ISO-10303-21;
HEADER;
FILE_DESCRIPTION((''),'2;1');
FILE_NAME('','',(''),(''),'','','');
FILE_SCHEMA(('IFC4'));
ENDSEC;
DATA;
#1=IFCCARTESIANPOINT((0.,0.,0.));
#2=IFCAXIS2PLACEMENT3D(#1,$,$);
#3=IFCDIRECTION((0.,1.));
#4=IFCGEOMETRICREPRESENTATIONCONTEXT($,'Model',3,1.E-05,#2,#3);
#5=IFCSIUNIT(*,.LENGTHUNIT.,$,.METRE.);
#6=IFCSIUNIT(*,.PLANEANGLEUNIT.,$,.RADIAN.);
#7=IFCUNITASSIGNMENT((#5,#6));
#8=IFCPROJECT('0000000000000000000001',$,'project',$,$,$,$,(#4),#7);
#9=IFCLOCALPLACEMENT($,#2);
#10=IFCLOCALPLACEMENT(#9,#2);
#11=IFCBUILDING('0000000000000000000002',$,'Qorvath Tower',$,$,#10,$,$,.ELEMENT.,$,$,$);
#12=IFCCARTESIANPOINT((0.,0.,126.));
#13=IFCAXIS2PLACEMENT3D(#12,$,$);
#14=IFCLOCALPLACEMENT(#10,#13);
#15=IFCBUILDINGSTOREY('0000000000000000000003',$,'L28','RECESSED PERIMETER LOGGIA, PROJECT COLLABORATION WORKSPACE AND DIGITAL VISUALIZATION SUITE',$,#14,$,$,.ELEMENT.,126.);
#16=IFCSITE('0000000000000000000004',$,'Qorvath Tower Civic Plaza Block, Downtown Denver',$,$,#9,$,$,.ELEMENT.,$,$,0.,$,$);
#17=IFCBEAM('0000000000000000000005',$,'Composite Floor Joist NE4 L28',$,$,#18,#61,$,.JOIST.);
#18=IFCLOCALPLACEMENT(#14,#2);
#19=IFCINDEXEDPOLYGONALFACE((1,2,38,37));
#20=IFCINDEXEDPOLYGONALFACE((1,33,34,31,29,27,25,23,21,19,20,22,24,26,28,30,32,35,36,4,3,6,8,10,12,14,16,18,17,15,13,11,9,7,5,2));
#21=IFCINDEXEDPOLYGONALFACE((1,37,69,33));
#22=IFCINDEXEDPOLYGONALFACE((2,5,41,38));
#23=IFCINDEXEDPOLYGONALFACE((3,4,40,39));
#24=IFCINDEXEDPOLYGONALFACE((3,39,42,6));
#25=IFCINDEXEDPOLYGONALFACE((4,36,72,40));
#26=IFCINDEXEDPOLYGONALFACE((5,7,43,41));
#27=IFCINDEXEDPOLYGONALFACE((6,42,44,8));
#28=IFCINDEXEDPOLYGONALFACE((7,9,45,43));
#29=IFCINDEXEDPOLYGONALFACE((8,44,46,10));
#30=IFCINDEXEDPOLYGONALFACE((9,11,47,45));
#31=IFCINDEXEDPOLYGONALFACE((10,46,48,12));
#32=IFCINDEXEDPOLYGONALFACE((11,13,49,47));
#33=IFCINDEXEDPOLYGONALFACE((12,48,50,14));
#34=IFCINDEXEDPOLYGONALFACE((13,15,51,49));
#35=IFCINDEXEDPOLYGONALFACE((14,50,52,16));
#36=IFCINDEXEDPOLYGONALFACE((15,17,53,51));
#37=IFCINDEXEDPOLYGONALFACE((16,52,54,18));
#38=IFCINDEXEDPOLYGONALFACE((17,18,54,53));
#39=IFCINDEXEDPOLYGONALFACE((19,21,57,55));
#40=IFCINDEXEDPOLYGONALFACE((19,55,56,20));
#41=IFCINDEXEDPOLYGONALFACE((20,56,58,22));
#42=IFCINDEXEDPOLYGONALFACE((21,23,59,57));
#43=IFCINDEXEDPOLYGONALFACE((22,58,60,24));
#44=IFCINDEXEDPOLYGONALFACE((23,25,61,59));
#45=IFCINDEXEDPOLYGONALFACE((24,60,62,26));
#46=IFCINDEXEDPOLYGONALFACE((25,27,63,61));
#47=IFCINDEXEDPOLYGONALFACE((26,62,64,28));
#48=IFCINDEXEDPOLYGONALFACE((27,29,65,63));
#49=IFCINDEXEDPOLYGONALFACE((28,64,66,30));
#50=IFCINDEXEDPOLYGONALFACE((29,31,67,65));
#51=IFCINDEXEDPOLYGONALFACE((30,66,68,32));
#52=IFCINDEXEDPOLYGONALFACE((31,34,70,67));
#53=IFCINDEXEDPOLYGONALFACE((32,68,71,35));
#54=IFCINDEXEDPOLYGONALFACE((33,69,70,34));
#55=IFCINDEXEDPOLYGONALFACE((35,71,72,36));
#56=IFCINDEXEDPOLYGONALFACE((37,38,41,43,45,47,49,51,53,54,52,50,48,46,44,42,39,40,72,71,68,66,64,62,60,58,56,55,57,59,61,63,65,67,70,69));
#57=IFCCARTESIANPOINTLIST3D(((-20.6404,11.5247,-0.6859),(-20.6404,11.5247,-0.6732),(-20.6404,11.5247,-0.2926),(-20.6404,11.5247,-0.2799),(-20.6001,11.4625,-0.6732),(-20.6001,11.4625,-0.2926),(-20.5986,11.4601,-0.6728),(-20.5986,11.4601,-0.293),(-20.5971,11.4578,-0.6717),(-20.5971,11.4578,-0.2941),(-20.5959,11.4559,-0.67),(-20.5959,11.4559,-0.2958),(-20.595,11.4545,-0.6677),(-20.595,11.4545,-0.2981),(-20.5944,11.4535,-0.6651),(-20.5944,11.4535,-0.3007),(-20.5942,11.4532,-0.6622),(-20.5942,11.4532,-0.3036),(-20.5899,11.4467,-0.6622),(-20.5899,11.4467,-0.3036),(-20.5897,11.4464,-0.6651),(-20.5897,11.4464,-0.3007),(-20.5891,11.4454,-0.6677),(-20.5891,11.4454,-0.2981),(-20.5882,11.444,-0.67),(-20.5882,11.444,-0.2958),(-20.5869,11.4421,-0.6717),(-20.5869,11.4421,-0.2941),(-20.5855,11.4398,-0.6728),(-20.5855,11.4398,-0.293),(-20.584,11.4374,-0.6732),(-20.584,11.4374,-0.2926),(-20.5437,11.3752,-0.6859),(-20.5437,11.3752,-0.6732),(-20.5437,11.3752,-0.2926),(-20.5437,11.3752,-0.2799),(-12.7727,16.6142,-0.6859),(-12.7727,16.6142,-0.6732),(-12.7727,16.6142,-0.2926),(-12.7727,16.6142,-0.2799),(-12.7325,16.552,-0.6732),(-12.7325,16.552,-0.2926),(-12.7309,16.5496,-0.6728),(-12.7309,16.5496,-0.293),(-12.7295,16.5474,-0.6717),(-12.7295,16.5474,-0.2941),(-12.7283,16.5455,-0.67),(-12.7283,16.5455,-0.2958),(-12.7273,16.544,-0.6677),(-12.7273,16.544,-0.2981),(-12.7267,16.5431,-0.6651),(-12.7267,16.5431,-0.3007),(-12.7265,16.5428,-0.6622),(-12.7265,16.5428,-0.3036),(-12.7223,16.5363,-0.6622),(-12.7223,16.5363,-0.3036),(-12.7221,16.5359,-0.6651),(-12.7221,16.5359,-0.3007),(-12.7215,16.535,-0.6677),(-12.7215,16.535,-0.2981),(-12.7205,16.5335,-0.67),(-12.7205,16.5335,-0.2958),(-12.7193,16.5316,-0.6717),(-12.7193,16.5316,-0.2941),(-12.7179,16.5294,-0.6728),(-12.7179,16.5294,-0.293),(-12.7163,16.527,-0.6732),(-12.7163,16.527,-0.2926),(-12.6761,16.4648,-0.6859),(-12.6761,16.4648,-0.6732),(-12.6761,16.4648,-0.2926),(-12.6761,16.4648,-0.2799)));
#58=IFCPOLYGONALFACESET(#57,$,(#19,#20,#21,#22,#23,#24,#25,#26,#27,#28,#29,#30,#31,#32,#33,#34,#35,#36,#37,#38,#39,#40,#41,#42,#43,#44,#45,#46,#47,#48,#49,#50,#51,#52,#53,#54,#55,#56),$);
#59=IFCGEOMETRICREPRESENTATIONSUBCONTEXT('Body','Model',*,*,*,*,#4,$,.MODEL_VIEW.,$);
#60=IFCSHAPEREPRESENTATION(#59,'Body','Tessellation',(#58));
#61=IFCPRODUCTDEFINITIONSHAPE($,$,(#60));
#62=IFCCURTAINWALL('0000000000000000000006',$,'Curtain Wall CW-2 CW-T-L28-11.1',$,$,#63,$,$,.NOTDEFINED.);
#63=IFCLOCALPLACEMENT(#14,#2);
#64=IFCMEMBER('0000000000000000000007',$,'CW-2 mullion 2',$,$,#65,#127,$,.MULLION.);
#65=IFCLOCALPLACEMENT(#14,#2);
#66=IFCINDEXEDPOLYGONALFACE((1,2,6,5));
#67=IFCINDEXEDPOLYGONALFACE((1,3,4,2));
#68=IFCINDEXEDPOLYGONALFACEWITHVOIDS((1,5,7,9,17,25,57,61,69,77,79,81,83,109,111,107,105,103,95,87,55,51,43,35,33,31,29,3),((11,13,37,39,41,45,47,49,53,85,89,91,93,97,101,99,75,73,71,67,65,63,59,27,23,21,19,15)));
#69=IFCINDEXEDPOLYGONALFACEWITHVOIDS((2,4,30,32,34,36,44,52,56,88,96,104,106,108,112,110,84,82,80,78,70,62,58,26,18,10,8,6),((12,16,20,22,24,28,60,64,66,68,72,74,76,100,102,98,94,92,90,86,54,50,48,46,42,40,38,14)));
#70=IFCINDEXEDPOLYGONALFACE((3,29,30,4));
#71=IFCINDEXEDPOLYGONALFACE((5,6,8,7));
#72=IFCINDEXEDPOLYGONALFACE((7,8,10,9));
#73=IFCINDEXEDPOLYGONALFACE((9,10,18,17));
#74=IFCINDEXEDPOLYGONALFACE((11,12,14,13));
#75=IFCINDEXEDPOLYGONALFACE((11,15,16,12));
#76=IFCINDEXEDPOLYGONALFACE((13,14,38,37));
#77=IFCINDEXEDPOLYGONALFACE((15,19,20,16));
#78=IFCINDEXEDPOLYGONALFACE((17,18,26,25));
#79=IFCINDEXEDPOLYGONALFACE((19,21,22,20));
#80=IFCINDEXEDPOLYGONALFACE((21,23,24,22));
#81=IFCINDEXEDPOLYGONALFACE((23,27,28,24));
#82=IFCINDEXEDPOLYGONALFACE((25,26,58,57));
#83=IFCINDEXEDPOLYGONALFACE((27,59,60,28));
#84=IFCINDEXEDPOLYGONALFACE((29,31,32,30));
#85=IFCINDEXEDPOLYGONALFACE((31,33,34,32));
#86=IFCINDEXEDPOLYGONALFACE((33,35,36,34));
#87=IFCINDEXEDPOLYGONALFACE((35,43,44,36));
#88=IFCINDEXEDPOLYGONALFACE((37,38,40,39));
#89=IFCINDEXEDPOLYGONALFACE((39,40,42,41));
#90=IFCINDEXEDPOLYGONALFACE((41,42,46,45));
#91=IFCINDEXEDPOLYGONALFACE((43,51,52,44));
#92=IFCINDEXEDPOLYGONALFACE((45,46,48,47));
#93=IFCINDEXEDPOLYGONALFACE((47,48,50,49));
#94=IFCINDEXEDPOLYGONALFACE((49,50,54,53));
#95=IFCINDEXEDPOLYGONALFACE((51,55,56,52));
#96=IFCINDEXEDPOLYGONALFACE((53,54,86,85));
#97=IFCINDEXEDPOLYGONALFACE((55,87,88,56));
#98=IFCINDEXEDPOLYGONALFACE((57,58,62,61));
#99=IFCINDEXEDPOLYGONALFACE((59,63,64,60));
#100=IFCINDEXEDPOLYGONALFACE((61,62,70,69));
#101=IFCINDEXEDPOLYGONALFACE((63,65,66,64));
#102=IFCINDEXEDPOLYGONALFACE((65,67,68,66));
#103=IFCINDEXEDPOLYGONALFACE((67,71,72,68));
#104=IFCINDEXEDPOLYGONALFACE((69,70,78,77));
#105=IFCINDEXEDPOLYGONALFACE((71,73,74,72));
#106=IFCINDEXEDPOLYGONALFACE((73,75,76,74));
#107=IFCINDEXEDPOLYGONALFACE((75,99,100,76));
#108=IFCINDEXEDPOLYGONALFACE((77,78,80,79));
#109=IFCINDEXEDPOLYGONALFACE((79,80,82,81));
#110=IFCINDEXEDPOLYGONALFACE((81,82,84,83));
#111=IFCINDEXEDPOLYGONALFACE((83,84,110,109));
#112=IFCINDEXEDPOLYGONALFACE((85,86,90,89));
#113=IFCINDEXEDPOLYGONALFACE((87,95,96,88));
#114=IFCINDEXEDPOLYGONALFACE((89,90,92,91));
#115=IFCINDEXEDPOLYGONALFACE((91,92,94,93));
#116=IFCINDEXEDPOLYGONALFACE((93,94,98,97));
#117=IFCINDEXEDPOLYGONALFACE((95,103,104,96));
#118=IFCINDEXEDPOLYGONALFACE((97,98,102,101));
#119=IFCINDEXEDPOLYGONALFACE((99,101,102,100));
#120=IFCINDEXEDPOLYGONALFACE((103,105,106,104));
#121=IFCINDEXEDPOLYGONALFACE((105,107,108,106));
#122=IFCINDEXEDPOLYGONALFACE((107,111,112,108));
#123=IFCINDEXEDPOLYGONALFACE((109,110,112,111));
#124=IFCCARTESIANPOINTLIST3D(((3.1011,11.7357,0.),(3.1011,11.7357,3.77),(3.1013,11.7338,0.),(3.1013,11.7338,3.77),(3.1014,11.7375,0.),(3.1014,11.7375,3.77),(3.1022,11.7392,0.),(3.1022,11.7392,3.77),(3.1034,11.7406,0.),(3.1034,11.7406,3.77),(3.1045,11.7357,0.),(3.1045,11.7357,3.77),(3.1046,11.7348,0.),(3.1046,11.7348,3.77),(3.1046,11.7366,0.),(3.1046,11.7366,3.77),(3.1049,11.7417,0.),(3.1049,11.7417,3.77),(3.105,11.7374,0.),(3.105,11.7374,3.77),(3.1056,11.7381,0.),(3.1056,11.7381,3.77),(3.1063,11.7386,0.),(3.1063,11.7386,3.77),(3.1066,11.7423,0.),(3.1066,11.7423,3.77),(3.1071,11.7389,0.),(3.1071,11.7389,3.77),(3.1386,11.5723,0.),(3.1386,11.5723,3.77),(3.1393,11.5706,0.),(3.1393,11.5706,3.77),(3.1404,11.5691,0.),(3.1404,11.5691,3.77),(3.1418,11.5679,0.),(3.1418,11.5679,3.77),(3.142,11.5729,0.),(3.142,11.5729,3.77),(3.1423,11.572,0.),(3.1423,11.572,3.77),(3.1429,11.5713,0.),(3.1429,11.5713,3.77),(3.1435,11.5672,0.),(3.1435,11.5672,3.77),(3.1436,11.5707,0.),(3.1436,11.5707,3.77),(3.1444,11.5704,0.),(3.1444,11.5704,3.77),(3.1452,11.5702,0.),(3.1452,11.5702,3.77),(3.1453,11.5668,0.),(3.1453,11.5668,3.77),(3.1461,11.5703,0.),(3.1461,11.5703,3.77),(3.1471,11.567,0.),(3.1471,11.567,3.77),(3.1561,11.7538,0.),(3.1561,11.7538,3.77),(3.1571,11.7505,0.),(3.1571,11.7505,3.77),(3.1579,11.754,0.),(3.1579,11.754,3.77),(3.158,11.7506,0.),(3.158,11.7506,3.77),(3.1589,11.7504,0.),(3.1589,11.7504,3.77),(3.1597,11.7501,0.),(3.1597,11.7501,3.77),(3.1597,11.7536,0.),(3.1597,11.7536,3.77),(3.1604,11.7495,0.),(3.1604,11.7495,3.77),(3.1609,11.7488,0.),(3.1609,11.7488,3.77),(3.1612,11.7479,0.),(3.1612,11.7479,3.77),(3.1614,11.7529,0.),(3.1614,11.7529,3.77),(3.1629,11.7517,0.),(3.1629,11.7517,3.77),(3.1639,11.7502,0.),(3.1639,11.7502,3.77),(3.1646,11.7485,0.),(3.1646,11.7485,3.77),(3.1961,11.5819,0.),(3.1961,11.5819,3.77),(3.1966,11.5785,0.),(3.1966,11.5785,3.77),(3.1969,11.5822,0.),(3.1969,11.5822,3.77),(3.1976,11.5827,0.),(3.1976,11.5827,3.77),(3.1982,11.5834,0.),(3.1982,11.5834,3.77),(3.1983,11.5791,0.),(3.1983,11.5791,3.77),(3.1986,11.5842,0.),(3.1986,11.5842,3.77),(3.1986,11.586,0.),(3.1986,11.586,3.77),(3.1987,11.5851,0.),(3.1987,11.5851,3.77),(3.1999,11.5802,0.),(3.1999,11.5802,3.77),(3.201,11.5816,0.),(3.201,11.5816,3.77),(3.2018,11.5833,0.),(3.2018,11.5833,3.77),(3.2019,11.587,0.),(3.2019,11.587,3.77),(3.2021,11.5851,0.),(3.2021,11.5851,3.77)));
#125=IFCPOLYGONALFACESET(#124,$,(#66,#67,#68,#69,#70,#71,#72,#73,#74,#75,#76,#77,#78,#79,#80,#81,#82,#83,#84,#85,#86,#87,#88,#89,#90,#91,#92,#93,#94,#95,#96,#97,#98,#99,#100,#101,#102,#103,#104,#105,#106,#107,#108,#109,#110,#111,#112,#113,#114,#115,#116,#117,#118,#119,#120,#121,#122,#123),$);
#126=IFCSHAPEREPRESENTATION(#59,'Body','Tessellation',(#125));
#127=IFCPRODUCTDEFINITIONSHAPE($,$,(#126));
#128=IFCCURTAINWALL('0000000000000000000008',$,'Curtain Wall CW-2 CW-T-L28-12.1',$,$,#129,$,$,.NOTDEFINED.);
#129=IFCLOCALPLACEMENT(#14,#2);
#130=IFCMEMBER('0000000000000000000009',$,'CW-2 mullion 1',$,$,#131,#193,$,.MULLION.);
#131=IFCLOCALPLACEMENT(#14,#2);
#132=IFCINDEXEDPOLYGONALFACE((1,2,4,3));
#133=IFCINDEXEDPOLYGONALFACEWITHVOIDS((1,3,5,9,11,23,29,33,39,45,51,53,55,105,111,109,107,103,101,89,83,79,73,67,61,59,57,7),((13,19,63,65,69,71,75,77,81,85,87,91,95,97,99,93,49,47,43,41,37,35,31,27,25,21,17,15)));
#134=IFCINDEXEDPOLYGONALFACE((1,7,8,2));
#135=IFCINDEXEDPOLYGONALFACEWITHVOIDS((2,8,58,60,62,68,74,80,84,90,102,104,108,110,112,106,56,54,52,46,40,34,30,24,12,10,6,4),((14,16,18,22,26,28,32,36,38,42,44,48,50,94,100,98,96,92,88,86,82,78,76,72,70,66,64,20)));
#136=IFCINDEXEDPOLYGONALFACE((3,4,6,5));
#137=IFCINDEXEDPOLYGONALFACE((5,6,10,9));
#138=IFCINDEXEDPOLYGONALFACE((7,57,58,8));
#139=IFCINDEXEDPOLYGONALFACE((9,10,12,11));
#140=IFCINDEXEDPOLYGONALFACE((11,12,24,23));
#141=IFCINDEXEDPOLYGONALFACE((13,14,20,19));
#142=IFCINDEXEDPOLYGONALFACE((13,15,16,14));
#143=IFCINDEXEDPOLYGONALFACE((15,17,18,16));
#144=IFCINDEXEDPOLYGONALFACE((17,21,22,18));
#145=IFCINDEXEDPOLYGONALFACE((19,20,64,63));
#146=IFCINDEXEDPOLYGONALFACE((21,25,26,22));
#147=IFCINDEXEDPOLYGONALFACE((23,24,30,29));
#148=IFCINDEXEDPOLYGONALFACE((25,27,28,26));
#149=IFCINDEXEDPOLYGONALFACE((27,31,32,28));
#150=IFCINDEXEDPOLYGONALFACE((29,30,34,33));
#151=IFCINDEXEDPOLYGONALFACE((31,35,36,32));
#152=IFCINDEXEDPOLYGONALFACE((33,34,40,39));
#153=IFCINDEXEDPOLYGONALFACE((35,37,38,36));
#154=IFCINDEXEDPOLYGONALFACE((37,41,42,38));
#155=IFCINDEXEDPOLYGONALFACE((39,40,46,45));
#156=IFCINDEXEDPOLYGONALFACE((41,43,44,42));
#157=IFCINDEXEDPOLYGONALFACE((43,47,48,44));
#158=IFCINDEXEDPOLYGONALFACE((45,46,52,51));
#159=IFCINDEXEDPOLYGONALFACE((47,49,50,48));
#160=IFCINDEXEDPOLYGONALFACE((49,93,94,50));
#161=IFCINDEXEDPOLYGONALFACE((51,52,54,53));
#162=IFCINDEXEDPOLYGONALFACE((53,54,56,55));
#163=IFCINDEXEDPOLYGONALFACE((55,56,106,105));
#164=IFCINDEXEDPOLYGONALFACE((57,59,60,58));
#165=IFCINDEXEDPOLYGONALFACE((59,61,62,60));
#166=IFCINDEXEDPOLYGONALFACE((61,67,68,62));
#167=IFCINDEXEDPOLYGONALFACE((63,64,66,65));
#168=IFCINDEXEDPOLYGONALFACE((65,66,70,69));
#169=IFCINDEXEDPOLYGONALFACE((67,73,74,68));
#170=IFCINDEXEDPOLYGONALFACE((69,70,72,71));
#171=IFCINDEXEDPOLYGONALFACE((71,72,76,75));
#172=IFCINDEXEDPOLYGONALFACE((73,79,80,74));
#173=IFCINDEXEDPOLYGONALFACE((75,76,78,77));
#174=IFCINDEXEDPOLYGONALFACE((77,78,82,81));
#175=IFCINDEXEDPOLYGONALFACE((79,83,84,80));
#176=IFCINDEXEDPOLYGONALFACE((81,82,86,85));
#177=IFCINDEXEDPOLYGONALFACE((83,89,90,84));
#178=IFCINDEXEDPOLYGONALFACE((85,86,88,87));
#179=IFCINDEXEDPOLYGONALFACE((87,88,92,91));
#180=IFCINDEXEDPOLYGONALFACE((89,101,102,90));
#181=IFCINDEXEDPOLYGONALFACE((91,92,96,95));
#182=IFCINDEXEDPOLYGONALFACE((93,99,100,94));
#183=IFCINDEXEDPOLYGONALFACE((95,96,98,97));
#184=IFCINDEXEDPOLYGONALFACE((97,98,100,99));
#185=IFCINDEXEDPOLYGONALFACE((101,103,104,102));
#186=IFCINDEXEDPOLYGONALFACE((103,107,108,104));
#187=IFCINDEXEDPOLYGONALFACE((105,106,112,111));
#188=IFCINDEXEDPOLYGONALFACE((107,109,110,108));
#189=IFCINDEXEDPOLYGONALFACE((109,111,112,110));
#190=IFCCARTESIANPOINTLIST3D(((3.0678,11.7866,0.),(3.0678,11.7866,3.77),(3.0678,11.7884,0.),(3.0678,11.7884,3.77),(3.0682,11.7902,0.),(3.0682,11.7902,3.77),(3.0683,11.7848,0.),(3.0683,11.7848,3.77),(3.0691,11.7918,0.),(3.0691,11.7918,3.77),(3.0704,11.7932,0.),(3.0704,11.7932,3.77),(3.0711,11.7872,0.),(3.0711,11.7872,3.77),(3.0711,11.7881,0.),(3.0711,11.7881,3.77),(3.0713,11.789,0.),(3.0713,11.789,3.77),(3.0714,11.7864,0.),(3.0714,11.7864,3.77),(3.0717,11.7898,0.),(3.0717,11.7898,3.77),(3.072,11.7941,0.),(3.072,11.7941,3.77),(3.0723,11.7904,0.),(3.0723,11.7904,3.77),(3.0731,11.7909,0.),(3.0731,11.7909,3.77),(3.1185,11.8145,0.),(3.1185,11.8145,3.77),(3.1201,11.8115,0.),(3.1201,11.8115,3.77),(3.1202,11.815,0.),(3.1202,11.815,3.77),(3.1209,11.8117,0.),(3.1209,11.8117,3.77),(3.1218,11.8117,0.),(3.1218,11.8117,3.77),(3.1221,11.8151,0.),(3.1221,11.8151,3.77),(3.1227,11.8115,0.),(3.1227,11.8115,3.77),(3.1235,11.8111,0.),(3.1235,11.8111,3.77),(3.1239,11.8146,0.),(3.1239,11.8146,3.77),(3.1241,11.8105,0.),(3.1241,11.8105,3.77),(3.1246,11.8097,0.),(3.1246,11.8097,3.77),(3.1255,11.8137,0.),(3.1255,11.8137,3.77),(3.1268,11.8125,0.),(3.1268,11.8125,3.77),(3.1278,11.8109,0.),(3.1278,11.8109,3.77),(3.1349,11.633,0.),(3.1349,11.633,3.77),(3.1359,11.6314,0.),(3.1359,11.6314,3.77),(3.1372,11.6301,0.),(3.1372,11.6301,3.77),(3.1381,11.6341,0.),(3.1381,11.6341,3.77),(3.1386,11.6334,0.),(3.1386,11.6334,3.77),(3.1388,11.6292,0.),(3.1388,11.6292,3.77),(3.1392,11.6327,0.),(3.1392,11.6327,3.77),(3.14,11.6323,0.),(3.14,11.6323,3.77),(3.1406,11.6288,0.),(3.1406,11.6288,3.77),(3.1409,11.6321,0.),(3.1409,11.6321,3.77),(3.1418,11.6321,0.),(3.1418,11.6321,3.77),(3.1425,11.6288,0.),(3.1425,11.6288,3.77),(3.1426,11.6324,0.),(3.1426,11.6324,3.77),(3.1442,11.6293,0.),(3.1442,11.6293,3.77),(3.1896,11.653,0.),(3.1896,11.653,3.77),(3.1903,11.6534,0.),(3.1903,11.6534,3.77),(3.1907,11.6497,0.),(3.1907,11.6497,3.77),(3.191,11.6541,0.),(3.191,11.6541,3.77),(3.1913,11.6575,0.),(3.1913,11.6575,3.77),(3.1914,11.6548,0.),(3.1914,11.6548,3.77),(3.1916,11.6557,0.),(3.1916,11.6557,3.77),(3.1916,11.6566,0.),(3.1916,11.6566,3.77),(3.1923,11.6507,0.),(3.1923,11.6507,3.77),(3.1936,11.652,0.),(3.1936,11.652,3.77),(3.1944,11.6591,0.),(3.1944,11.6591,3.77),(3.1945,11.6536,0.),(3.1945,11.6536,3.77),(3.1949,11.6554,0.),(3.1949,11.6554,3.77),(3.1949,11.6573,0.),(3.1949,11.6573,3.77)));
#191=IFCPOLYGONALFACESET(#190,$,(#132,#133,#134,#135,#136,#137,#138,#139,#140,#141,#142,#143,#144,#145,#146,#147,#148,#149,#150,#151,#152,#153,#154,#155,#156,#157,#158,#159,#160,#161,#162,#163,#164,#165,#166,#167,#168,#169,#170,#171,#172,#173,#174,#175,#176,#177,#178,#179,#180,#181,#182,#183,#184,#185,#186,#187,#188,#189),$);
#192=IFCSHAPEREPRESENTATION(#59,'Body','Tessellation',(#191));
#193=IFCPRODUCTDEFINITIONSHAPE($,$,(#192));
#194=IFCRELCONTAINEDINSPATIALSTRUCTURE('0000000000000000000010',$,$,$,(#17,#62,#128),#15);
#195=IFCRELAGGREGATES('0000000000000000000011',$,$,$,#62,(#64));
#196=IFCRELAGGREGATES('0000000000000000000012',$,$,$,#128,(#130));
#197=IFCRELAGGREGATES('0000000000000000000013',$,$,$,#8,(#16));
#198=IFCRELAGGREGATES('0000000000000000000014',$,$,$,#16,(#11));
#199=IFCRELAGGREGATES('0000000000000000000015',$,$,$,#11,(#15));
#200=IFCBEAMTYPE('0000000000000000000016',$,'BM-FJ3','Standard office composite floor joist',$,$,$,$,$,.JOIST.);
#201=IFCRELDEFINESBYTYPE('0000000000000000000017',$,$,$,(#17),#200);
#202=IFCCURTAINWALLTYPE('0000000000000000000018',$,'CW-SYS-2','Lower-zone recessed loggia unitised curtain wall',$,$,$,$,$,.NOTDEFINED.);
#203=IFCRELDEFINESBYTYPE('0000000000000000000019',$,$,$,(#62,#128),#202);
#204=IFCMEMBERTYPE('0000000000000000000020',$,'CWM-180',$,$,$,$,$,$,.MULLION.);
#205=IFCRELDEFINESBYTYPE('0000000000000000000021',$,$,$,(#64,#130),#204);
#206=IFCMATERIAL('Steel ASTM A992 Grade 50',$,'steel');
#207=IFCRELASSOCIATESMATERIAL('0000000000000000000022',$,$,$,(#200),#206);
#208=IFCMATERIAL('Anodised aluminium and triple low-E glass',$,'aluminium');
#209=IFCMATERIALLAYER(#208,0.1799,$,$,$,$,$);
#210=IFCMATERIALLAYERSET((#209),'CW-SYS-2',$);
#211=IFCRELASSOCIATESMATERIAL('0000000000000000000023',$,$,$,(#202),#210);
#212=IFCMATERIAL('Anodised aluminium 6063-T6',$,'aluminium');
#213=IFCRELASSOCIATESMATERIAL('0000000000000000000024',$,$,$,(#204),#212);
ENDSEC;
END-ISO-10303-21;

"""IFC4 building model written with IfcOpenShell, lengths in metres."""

from ifc_helpers import new_model, si_unit, direction, frame, origin, origin_2d, place, context, subcontext, project, spatial, hollow_rectangle, i_section, extrude, material, layer, layer_set, material_profile, profile_set, type_object, element, aggregate, save


model = new_model("IFC4")

# Units and contexts
model_context = context("Model", 3, precision=1e-05, world=origin(), true_north=direction((0.0, 1.0)))
body_context = subcontext(model_context, "Body", "Model", "MODEL_VIEW")
ifc_project = project(units=[si_unit("LENGTHUNIT", "METRE"), si_unit("PLANEANGLEUNIT", "RADIAN")], contexts=[model_context])

# Site, building, storey
site_placement = place(None, origin())
site = spatial("IfcSite", under=ifc_project, at=site_placement, Name="Qorvath Tower Civic Plaza Block, Downtown Denver", CompositionType="ELEMENT", RefElevation=0.0)
building_placement = place(site_placement, origin())
building = spatial("IfcBuilding", under=site, at=building_placement, Name="Qorvath Tower", CompositionType="ELEMENT")
storey_placement = place(building_placement, frame((0.0, 0.0, 126.0)))
storey = spatial("IfcBuildingStorey", under=building, at=storey_placement, Name="L28", Description="RECESSED PERIMETER LOGGIA, PROJECT COLLABORATION WORKSPACE AND DIGITAL VISUALIZATION SUITE", CompositionType="ELEMENT", Elevation=126.0)

# Beam
ifc_material_1 = material(Name="Steel ASTM A992 Grade 50", Category="steel")
ifc_material_profile_1 = material_profile(ifc_material_1, i_section(OverallWidth=0.178, OverallDepth=0.406, WebThickness=0.0078, FlangeThickness=0.0127, FilletRadius=0.011, at=origin_2d()), Name="W16x40")
ifc_profile_set_1 = profile_set([ifc_material_profile_1], Name="Steel ASTM A992 Grade 50")
beam_type_1 = type_object("IfcBeamType", Name="BM-FJ3", Description="Standard office composite floor joist", PredefinedType="JOIST", material=ifc_profile_set_1)
beam_1_placement = place(storey_placement, frame((-20.592, 11.45, -0.4829), z_axis=(0.839631, 0.543157, 0.0), x_axis=(-0.543157, 0.839631, 0.0)))
element("IfcBeam", 1, at=beam_1_placement, inside=storey, type_object=beam_type_1, Name="Composite Floor Joist NE4 L28", PredefinedType="JOIST", context=body_context, shape_type="SweptSolid", body=[
    extrude(i_section(OverallWidth=0.178, OverallDepth=0.406, WebThickness=0.0078, FlangeThickness=0.0127, FilletRadius=0.011, at=origin_2d()), origin(), (0.0, 0.0, 1.0), 9.3704),
])

# Curtain wall, member
ifc_material_2 = material(Name="Anodised aluminium and triple low-E glass", Category="aluminium")
ifc_layer_1 = layer(ifc_material_2, 0.1799)
ifc_layer_set_1 = layer_set([ifc_layer_1], Name="CW-SYS-2")
curtain_wall_type = type_object("IfcCurtainWallType", Name="CW-SYS-2", Description="Lower-zone recessed loggia unitised curtain wall", PredefinedType="NOTDEFINED", material=ifc_layer_set_1)
curtain_wall_1_placement = place(storey_placement, origin())
curtain_wall_1 = element("IfcCurtainWall", 2, at=curtain_wall_1_placement, inside=storey, type_object=curtain_wall_type, Name="Curtain Wall CW-2 CW-T-L28-11.1", PredefinedType="NOTDEFINED")
ifc_material_3 = material(Name="Anodised aluminium 6063-T6", Category="aluminium")
ifc_material_profile_2 = material_profile(ifc_material_3, hollow_rectangle(XDim=0.0649, YDim=0.1799, WallThickness=0.0034, InnerFilletRadius=0.0034, OuterFilletRadius=0.0071, at=origin_2d()), Name="CWM 180x65")
ifc_profile_set_2 = profile_set([ifc_material_profile_2], Name="Anodised aluminium 6063-T6")
member_type_1 = type_object("IfcMemberType", Name="CWM-180", PredefinedType="MULLION", material=ifc_profile_set_2)
member_1_placement = place(storey_placement, frame((3.1516, 11.6604, 0.0), z_axis=(0.0, 0.0, 1.0), x_axis=(-0.974296, -0.22527, 0.0)))
member_1 = element("IfcMember", 3, at=member_1_placement, type_object=member_type_1, Name="CW-2 mullion 2", PredefinedType="MULLION", context=body_context, shape_type="SweptSolid", body=[
    extrude(hollow_rectangle(XDim=0.0649, YDim=0.1799, WallThickness=0.0034, InnerFilletRadius=0.0034, OuterFilletRadius=0.0071, at=origin_2d()), origin(), (0.0, 0.0, 1.0), 3.77),
])

# Curtain wall, member
curtain_wall_2_placement = place(storey_placement, origin())
curtain_wall_2 = element("IfcCurtainWall", 4, at=curtain_wall_2_placement, inside=storey, type_object=curtain_wall_type, Name="Curtain Wall CW-2 CW-T-L28-12.1", PredefinedType="NOTDEFINED")
member_2_placement = place(storey_placement, frame((3.1313, 11.7219, 0.0), z_axis=(0.0, 0.0, 1.0), x_axis=(-0.915794, -0.401649, 0.0)))
member_2 = element("IfcMember", 5, at=member_2_placement, type_object=member_type_1, Name="CW-2 mullion 1", PredefinedType="MULLION", context=body_context, shape_type="SweptSolid", body=[
    extrude(hollow_rectangle(XDim=0.0649, YDim=0.1799, WallThickness=0.0034, InnerFilletRadius=0.0034, OuterFilletRadius=0.0071, at=origin_2d()), origin(), (0.0, 0.0, 1.0), 3.77),
])

aggregate(curtain_wall_1, [member_1])
aggregate(curtain_wall_2, [member_2])

save(model, "model.ifc")
